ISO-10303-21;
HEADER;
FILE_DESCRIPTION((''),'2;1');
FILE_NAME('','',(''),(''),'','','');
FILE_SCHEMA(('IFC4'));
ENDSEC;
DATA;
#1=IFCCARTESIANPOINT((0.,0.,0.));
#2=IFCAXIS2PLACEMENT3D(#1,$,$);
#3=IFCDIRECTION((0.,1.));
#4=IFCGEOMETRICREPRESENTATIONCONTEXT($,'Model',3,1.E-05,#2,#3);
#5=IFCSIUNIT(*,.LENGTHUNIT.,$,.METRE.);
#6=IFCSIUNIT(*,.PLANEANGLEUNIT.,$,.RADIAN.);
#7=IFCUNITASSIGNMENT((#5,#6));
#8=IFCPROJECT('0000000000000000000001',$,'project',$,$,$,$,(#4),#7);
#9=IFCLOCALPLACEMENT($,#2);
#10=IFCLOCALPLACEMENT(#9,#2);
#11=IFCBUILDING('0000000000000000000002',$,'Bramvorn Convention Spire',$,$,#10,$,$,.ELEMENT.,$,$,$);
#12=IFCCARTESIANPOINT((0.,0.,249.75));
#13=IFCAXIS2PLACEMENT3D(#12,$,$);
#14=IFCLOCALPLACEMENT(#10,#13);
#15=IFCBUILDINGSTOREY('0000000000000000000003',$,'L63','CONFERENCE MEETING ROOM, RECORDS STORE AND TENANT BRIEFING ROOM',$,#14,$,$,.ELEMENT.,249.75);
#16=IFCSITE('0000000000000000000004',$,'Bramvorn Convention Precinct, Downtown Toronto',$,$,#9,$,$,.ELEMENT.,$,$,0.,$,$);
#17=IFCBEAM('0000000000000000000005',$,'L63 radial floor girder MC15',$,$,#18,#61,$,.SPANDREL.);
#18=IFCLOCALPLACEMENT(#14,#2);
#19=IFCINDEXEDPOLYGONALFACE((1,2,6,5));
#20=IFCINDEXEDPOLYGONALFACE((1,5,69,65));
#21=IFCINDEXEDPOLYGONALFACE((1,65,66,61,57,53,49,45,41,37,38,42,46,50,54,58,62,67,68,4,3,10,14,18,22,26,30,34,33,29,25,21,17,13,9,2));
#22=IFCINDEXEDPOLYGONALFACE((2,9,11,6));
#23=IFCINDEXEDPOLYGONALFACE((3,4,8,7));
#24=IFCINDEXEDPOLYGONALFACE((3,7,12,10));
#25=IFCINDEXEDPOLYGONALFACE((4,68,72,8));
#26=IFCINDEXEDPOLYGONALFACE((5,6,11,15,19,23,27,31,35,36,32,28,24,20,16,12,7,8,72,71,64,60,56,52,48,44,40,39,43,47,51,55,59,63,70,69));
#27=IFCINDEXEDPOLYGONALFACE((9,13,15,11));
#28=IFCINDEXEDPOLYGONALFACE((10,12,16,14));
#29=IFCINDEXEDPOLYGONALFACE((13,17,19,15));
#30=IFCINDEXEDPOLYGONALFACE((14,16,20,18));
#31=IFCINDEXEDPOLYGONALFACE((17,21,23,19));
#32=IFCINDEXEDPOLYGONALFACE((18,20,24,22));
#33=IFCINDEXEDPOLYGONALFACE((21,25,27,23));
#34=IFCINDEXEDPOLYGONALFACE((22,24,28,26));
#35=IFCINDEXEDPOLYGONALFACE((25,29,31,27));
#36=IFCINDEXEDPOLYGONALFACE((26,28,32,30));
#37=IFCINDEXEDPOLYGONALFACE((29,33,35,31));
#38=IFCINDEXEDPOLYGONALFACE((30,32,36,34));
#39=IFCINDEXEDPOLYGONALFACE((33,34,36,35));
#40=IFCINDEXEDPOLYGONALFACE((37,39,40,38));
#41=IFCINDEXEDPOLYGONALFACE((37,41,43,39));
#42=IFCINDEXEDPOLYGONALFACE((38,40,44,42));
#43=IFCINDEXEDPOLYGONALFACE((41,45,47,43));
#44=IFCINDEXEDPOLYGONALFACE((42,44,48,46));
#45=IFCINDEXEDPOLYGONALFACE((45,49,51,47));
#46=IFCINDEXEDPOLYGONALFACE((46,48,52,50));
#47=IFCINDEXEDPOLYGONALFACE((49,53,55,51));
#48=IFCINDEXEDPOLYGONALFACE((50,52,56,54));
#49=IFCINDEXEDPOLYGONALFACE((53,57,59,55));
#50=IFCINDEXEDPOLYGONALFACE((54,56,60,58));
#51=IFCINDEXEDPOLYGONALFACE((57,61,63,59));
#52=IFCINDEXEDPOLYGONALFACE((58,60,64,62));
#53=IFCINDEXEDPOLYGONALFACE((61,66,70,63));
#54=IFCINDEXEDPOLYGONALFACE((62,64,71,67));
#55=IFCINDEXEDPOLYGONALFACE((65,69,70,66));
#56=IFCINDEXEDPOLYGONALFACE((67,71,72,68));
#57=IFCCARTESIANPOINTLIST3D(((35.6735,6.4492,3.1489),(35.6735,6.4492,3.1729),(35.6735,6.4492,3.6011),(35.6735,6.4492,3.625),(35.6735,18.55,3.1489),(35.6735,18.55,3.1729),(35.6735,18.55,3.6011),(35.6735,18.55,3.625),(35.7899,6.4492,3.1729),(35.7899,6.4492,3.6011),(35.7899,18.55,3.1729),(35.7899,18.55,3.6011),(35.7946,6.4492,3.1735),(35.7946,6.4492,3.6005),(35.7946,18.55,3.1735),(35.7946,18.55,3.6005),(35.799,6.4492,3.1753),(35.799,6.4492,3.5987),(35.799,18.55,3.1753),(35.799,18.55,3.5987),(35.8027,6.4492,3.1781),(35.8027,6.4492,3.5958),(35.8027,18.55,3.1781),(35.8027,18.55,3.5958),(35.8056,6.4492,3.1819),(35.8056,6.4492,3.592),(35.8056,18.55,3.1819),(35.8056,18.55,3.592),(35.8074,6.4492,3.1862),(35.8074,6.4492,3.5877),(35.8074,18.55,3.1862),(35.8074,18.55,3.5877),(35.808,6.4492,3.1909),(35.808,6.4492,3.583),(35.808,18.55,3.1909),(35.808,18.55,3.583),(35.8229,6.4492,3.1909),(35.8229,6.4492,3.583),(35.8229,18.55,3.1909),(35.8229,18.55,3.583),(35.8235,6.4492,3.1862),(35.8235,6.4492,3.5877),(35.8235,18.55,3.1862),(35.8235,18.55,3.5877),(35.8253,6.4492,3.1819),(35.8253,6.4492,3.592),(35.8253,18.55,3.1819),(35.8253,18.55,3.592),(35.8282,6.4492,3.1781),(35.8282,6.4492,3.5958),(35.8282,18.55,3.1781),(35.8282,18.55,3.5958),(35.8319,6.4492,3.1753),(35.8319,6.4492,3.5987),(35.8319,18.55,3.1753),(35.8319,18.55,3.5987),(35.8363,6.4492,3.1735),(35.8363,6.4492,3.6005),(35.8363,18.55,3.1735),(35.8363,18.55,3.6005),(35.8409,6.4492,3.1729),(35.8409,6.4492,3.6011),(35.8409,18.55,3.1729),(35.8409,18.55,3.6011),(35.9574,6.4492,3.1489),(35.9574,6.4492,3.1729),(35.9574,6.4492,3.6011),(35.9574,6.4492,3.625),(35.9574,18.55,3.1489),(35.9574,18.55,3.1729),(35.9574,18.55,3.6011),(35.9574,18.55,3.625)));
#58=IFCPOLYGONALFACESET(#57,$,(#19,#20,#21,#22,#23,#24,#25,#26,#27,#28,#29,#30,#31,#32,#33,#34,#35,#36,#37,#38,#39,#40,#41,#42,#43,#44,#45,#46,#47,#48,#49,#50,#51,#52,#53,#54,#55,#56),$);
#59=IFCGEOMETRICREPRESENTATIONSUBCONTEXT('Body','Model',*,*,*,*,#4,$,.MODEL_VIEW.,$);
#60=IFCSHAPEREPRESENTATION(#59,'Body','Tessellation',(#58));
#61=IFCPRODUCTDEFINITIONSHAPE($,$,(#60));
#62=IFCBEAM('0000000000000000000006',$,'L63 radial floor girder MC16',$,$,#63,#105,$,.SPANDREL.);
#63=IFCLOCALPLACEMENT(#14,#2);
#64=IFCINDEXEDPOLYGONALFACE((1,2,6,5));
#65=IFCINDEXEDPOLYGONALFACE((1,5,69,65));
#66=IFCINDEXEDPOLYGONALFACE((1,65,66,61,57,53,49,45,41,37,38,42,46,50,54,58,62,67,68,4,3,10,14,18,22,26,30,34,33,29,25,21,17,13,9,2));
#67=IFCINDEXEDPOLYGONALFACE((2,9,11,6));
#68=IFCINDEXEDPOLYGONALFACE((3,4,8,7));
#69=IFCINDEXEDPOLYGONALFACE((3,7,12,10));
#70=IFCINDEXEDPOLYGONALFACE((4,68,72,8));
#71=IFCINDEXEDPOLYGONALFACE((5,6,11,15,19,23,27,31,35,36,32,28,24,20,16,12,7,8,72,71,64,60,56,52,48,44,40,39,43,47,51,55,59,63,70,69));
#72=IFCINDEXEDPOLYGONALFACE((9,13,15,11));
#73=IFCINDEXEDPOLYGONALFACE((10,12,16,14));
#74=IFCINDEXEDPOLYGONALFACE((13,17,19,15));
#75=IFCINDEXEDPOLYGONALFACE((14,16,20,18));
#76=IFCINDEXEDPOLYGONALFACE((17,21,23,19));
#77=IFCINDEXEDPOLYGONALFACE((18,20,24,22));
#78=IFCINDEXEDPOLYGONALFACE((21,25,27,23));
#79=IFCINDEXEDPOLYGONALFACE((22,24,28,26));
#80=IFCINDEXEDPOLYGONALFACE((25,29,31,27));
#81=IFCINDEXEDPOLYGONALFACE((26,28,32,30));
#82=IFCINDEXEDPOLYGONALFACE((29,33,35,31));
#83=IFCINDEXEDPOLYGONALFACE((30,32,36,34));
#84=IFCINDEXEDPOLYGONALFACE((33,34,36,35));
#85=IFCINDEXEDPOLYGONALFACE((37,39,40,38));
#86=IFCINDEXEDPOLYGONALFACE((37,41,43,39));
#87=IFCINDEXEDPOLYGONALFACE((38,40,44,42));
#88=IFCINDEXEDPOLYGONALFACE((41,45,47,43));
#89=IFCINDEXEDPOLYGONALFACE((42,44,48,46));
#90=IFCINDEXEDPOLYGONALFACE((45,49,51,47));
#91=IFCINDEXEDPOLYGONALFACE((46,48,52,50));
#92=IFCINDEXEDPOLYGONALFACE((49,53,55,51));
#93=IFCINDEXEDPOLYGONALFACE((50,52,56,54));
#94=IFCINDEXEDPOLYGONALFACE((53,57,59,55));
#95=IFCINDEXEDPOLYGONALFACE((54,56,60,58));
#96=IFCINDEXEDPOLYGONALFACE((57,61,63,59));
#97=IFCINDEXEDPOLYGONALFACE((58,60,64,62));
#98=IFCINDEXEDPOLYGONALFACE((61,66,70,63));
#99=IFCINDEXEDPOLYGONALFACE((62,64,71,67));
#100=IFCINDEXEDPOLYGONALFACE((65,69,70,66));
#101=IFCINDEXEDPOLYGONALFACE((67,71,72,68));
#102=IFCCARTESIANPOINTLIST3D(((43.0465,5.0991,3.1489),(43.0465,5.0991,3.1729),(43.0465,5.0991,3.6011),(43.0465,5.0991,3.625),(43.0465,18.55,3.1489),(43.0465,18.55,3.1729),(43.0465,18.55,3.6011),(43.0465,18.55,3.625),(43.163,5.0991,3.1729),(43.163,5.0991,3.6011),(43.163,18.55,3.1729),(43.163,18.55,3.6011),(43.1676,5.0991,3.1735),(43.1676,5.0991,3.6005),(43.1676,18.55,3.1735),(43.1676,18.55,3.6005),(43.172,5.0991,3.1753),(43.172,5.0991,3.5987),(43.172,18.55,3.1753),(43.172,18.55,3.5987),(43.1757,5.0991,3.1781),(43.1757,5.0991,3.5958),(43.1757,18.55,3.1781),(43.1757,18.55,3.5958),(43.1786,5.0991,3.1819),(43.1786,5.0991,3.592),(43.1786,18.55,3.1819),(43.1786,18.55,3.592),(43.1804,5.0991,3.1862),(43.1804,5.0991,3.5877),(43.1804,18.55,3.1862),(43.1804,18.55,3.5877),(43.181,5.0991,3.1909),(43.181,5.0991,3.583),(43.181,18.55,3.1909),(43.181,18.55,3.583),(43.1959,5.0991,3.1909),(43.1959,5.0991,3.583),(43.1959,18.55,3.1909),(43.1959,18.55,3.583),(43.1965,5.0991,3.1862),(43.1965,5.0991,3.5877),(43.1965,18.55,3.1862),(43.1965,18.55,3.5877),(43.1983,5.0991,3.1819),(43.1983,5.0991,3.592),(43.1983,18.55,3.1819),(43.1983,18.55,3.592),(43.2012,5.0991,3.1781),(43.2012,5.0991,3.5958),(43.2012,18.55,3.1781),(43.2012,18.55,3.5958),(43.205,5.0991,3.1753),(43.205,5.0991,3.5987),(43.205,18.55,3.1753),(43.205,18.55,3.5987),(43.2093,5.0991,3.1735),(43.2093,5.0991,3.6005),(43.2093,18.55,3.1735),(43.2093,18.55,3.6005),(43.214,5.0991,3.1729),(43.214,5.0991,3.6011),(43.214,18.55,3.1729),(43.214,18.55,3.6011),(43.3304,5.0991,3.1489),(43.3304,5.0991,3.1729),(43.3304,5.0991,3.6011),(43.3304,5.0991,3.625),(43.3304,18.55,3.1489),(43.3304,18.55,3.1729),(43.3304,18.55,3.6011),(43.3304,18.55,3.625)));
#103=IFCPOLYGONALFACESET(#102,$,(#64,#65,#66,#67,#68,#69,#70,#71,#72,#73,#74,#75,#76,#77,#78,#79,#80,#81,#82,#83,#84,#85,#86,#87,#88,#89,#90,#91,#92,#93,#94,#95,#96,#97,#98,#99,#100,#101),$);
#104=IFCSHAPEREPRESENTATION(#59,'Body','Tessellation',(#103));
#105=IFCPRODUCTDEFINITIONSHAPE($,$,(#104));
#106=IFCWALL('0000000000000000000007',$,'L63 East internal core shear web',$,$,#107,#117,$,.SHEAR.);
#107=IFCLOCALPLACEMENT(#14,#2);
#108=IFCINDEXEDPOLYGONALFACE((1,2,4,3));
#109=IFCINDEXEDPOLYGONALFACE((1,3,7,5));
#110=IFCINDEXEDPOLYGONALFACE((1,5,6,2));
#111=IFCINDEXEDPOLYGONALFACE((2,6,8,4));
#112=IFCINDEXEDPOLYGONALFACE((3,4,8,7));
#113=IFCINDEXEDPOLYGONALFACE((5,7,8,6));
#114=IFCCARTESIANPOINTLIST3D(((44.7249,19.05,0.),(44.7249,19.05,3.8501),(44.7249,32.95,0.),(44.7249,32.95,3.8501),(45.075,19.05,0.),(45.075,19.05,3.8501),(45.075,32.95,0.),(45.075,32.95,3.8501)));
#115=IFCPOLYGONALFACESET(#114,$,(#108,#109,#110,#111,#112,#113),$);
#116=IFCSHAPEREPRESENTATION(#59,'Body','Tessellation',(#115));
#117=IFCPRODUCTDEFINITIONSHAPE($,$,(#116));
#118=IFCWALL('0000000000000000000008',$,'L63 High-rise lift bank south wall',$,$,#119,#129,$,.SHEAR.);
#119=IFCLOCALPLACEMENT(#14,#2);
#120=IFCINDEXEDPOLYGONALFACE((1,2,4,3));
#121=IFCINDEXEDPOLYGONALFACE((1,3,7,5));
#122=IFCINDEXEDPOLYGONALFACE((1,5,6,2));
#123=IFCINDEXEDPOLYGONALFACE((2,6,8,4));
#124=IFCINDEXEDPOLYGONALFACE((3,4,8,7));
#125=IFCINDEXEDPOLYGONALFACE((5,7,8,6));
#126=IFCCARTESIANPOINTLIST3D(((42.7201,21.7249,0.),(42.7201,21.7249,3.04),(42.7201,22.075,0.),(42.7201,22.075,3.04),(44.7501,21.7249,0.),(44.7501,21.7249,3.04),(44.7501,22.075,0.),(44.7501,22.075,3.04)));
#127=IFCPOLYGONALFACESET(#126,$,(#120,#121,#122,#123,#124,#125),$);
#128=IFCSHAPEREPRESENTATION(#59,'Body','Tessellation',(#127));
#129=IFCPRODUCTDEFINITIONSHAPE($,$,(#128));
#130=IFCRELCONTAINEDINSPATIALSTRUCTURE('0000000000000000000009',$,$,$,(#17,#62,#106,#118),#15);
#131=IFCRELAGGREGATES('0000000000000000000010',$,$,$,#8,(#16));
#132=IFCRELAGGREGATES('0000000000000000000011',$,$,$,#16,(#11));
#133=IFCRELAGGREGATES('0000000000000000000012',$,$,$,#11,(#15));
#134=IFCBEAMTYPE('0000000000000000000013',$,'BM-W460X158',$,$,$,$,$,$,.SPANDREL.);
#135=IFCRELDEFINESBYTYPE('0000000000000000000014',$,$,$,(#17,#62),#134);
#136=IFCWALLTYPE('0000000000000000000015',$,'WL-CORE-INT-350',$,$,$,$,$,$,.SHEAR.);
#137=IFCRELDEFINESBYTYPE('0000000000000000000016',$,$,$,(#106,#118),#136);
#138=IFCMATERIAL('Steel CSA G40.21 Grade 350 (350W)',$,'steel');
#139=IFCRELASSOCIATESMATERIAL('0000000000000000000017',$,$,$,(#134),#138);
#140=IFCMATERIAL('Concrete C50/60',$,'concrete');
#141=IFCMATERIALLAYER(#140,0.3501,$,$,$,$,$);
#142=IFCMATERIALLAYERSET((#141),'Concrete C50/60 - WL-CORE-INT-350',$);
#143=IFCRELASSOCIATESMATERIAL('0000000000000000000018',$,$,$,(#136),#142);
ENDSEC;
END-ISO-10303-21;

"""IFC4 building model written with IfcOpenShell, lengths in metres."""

from ifc_helpers import new_model, si_unit, direction, frame, frame_2d, origin, origin_2d, place, context, subcontext, project, spatial, rectangle, i_section, extrude, material, layer, layer_set, material_profile, profile_set, type_object, element, save


model = new_model("IFC4")

# Units and contexts
model_context = context("Model", 3, precision=1e-05, world=origin(), true_north=direction((0.0, 1.0)))
body_context = subcontext(model_context, "Body", "Model", "MODEL_VIEW")
ifc_project = project(units=[si_unit("LENGTHUNIT", "METRE"), si_unit("PLANEANGLEUNIT", "RADIAN")], contexts=[model_context])

# Site, building, storey
site_placement = place(None, origin())
site = spatial("IfcSite", under=ifc_project, at=site_placement, Name="Bramvorn Convention Precinct, Downtown Toronto", CompositionType="ELEMENT", RefElevation=0.0)
building_placement = place(site_placement, origin())
building = spatial("IfcBuilding", under=site, at=building_placement, Name="Bramvorn Convention Spire", CompositionType="ELEMENT")
storey_placement = place(building_placement, frame((0.0, 0.0, 249.75)))
storey = spatial("IfcBuildingStorey", under=building, at=storey_placement, Name="L63", Description="CONFERENCE MEETING ROOM, RECORDS STORE AND TENANT BRIEFING ROOM", CompositionType="ELEMENT", Elevation=249.75)

# Beams
ifc_material_1 = material(Name="Steel CSA G40.21 Grade 350 (350W)", Category="steel")
ifc_material_profile_1 = material_profile(ifc_material_1, i_section(OverallWidth=0.2839, OverallDepth=0.4761, WebThickness=0.0149, FlangeThickness=0.0239, FilletRadius=0.0181, at=origin_2d()))
ifc_profile_set_1 = profile_set([ifc_material_profile_1], Name="Steel CSA G40.21 Grade 350 (350W) - W460X158")
beam_type_1 = type_object("IfcBeamType", Name="BM-W460X158", PredefinedType="SPANDREL", material=ifc_profile_set_1)
beam_1_placement = place(storey_placement, frame((35.8154, 18.55, 3.387), z_axis=(0.0, -1.0, 0.0), x_axis=(1.0, 0.0, 0.0)))
element("IfcBeam", 1, at=beam_1_placement, inside=storey, type_object=beam_type_1, Name="L63 radial floor girder MC15", PredefinedType="SPANDREL", context=body_context, shape_type="SweptSolid", body=[
    extrude(i_section(OverallWidth=0.2839, OverallDepth=0.4761, WebThickness=0.0149, FlangeThickness=0.0239, FilletRadius=0.0181, at=origin_2d()), origin(), (0.0, 0.0, 1.0), 12.1008),
])
beam_2_placement = place(storey_placement, frame((43.1885, 18.55, 3.387), z_axis=(0.0, -1.0, 0.0), x_axis=(1.0, 0.0, 0.0)))
element("IfcBeam", 2, at=beam_2_placement, inside=storey, type_object=beam_type_1, Name="L63 radial floor girder MC16", PredefinedType="SPANDREL", context=body_context, shape_type="SweptSolid", body=[
    extrude(i_section(OverallWidth=0.2839, OverallDepth=0.4761, WebThickness=0.0149, FlangeThickness=0.0239, FilletRadius=0.0181, at=origin_2d()), origin(), (0.0, 0.0, 1.0), 13.4509),
])

# Wall
ifc_material_2 = material(Name="Concrete C50/60", Category="concrete")
ifc_layer_1 = layer(ifc_material_2, 0.3501)
ifc_layer_set_1 = layer_set([ifc_layer_1], Name="Concrete C50/60 - WL-CORE-INT-350")
wall_type_1 = type_object("IfcWallType", Name="WL-CORE-INT-350", PredefinedType="SHEAR", material=ifc_layer_set_1)
wall_1_placement = place(storey_placement, frame((44.8999, 19.05, 0.0), z_axis=(0.0, 0.0, 1.0), x_axis=(0.0, 1.0, 0.0)))
element("IfcWall", 3, at=wall_1_placement, inside=storey, type_object=wall_type_1, Name="L63 East internal core shear web", PredefinedType="SHEAR", context=body_context, shape_type="SweptSolid", body=[
    extrude(rectangle(XDim=13.8999, YDim=0.3501, at=frame_2d((6.95, 0.0))), origin(), (0.0, 0.0, 1.0), 3.8501),
])

# Wall
wall_2_placement = place(storey_placement, frame((42.72, 21.8999, 0.0), z_axis=(0.0, 0.0, 1.0), x_axis=(1.0, 0.0, 0.0)))
element("IfcWall", 4, at=wall_2_placement, inside=storey, type_object=wall_type_1, Name="L63 High-rise lift bank south wall", PredefinedType="SHEAR", context=body_context, shape_type="SweptSolid", body=[
    extrude(rectangle(XDim=2.03, YDim=0.3501, at=frame_2d((1.0151, 0.0))), origin(), (0.0, 0.0, 1.0), 3.04),
])

save(model, "model.ifc")
